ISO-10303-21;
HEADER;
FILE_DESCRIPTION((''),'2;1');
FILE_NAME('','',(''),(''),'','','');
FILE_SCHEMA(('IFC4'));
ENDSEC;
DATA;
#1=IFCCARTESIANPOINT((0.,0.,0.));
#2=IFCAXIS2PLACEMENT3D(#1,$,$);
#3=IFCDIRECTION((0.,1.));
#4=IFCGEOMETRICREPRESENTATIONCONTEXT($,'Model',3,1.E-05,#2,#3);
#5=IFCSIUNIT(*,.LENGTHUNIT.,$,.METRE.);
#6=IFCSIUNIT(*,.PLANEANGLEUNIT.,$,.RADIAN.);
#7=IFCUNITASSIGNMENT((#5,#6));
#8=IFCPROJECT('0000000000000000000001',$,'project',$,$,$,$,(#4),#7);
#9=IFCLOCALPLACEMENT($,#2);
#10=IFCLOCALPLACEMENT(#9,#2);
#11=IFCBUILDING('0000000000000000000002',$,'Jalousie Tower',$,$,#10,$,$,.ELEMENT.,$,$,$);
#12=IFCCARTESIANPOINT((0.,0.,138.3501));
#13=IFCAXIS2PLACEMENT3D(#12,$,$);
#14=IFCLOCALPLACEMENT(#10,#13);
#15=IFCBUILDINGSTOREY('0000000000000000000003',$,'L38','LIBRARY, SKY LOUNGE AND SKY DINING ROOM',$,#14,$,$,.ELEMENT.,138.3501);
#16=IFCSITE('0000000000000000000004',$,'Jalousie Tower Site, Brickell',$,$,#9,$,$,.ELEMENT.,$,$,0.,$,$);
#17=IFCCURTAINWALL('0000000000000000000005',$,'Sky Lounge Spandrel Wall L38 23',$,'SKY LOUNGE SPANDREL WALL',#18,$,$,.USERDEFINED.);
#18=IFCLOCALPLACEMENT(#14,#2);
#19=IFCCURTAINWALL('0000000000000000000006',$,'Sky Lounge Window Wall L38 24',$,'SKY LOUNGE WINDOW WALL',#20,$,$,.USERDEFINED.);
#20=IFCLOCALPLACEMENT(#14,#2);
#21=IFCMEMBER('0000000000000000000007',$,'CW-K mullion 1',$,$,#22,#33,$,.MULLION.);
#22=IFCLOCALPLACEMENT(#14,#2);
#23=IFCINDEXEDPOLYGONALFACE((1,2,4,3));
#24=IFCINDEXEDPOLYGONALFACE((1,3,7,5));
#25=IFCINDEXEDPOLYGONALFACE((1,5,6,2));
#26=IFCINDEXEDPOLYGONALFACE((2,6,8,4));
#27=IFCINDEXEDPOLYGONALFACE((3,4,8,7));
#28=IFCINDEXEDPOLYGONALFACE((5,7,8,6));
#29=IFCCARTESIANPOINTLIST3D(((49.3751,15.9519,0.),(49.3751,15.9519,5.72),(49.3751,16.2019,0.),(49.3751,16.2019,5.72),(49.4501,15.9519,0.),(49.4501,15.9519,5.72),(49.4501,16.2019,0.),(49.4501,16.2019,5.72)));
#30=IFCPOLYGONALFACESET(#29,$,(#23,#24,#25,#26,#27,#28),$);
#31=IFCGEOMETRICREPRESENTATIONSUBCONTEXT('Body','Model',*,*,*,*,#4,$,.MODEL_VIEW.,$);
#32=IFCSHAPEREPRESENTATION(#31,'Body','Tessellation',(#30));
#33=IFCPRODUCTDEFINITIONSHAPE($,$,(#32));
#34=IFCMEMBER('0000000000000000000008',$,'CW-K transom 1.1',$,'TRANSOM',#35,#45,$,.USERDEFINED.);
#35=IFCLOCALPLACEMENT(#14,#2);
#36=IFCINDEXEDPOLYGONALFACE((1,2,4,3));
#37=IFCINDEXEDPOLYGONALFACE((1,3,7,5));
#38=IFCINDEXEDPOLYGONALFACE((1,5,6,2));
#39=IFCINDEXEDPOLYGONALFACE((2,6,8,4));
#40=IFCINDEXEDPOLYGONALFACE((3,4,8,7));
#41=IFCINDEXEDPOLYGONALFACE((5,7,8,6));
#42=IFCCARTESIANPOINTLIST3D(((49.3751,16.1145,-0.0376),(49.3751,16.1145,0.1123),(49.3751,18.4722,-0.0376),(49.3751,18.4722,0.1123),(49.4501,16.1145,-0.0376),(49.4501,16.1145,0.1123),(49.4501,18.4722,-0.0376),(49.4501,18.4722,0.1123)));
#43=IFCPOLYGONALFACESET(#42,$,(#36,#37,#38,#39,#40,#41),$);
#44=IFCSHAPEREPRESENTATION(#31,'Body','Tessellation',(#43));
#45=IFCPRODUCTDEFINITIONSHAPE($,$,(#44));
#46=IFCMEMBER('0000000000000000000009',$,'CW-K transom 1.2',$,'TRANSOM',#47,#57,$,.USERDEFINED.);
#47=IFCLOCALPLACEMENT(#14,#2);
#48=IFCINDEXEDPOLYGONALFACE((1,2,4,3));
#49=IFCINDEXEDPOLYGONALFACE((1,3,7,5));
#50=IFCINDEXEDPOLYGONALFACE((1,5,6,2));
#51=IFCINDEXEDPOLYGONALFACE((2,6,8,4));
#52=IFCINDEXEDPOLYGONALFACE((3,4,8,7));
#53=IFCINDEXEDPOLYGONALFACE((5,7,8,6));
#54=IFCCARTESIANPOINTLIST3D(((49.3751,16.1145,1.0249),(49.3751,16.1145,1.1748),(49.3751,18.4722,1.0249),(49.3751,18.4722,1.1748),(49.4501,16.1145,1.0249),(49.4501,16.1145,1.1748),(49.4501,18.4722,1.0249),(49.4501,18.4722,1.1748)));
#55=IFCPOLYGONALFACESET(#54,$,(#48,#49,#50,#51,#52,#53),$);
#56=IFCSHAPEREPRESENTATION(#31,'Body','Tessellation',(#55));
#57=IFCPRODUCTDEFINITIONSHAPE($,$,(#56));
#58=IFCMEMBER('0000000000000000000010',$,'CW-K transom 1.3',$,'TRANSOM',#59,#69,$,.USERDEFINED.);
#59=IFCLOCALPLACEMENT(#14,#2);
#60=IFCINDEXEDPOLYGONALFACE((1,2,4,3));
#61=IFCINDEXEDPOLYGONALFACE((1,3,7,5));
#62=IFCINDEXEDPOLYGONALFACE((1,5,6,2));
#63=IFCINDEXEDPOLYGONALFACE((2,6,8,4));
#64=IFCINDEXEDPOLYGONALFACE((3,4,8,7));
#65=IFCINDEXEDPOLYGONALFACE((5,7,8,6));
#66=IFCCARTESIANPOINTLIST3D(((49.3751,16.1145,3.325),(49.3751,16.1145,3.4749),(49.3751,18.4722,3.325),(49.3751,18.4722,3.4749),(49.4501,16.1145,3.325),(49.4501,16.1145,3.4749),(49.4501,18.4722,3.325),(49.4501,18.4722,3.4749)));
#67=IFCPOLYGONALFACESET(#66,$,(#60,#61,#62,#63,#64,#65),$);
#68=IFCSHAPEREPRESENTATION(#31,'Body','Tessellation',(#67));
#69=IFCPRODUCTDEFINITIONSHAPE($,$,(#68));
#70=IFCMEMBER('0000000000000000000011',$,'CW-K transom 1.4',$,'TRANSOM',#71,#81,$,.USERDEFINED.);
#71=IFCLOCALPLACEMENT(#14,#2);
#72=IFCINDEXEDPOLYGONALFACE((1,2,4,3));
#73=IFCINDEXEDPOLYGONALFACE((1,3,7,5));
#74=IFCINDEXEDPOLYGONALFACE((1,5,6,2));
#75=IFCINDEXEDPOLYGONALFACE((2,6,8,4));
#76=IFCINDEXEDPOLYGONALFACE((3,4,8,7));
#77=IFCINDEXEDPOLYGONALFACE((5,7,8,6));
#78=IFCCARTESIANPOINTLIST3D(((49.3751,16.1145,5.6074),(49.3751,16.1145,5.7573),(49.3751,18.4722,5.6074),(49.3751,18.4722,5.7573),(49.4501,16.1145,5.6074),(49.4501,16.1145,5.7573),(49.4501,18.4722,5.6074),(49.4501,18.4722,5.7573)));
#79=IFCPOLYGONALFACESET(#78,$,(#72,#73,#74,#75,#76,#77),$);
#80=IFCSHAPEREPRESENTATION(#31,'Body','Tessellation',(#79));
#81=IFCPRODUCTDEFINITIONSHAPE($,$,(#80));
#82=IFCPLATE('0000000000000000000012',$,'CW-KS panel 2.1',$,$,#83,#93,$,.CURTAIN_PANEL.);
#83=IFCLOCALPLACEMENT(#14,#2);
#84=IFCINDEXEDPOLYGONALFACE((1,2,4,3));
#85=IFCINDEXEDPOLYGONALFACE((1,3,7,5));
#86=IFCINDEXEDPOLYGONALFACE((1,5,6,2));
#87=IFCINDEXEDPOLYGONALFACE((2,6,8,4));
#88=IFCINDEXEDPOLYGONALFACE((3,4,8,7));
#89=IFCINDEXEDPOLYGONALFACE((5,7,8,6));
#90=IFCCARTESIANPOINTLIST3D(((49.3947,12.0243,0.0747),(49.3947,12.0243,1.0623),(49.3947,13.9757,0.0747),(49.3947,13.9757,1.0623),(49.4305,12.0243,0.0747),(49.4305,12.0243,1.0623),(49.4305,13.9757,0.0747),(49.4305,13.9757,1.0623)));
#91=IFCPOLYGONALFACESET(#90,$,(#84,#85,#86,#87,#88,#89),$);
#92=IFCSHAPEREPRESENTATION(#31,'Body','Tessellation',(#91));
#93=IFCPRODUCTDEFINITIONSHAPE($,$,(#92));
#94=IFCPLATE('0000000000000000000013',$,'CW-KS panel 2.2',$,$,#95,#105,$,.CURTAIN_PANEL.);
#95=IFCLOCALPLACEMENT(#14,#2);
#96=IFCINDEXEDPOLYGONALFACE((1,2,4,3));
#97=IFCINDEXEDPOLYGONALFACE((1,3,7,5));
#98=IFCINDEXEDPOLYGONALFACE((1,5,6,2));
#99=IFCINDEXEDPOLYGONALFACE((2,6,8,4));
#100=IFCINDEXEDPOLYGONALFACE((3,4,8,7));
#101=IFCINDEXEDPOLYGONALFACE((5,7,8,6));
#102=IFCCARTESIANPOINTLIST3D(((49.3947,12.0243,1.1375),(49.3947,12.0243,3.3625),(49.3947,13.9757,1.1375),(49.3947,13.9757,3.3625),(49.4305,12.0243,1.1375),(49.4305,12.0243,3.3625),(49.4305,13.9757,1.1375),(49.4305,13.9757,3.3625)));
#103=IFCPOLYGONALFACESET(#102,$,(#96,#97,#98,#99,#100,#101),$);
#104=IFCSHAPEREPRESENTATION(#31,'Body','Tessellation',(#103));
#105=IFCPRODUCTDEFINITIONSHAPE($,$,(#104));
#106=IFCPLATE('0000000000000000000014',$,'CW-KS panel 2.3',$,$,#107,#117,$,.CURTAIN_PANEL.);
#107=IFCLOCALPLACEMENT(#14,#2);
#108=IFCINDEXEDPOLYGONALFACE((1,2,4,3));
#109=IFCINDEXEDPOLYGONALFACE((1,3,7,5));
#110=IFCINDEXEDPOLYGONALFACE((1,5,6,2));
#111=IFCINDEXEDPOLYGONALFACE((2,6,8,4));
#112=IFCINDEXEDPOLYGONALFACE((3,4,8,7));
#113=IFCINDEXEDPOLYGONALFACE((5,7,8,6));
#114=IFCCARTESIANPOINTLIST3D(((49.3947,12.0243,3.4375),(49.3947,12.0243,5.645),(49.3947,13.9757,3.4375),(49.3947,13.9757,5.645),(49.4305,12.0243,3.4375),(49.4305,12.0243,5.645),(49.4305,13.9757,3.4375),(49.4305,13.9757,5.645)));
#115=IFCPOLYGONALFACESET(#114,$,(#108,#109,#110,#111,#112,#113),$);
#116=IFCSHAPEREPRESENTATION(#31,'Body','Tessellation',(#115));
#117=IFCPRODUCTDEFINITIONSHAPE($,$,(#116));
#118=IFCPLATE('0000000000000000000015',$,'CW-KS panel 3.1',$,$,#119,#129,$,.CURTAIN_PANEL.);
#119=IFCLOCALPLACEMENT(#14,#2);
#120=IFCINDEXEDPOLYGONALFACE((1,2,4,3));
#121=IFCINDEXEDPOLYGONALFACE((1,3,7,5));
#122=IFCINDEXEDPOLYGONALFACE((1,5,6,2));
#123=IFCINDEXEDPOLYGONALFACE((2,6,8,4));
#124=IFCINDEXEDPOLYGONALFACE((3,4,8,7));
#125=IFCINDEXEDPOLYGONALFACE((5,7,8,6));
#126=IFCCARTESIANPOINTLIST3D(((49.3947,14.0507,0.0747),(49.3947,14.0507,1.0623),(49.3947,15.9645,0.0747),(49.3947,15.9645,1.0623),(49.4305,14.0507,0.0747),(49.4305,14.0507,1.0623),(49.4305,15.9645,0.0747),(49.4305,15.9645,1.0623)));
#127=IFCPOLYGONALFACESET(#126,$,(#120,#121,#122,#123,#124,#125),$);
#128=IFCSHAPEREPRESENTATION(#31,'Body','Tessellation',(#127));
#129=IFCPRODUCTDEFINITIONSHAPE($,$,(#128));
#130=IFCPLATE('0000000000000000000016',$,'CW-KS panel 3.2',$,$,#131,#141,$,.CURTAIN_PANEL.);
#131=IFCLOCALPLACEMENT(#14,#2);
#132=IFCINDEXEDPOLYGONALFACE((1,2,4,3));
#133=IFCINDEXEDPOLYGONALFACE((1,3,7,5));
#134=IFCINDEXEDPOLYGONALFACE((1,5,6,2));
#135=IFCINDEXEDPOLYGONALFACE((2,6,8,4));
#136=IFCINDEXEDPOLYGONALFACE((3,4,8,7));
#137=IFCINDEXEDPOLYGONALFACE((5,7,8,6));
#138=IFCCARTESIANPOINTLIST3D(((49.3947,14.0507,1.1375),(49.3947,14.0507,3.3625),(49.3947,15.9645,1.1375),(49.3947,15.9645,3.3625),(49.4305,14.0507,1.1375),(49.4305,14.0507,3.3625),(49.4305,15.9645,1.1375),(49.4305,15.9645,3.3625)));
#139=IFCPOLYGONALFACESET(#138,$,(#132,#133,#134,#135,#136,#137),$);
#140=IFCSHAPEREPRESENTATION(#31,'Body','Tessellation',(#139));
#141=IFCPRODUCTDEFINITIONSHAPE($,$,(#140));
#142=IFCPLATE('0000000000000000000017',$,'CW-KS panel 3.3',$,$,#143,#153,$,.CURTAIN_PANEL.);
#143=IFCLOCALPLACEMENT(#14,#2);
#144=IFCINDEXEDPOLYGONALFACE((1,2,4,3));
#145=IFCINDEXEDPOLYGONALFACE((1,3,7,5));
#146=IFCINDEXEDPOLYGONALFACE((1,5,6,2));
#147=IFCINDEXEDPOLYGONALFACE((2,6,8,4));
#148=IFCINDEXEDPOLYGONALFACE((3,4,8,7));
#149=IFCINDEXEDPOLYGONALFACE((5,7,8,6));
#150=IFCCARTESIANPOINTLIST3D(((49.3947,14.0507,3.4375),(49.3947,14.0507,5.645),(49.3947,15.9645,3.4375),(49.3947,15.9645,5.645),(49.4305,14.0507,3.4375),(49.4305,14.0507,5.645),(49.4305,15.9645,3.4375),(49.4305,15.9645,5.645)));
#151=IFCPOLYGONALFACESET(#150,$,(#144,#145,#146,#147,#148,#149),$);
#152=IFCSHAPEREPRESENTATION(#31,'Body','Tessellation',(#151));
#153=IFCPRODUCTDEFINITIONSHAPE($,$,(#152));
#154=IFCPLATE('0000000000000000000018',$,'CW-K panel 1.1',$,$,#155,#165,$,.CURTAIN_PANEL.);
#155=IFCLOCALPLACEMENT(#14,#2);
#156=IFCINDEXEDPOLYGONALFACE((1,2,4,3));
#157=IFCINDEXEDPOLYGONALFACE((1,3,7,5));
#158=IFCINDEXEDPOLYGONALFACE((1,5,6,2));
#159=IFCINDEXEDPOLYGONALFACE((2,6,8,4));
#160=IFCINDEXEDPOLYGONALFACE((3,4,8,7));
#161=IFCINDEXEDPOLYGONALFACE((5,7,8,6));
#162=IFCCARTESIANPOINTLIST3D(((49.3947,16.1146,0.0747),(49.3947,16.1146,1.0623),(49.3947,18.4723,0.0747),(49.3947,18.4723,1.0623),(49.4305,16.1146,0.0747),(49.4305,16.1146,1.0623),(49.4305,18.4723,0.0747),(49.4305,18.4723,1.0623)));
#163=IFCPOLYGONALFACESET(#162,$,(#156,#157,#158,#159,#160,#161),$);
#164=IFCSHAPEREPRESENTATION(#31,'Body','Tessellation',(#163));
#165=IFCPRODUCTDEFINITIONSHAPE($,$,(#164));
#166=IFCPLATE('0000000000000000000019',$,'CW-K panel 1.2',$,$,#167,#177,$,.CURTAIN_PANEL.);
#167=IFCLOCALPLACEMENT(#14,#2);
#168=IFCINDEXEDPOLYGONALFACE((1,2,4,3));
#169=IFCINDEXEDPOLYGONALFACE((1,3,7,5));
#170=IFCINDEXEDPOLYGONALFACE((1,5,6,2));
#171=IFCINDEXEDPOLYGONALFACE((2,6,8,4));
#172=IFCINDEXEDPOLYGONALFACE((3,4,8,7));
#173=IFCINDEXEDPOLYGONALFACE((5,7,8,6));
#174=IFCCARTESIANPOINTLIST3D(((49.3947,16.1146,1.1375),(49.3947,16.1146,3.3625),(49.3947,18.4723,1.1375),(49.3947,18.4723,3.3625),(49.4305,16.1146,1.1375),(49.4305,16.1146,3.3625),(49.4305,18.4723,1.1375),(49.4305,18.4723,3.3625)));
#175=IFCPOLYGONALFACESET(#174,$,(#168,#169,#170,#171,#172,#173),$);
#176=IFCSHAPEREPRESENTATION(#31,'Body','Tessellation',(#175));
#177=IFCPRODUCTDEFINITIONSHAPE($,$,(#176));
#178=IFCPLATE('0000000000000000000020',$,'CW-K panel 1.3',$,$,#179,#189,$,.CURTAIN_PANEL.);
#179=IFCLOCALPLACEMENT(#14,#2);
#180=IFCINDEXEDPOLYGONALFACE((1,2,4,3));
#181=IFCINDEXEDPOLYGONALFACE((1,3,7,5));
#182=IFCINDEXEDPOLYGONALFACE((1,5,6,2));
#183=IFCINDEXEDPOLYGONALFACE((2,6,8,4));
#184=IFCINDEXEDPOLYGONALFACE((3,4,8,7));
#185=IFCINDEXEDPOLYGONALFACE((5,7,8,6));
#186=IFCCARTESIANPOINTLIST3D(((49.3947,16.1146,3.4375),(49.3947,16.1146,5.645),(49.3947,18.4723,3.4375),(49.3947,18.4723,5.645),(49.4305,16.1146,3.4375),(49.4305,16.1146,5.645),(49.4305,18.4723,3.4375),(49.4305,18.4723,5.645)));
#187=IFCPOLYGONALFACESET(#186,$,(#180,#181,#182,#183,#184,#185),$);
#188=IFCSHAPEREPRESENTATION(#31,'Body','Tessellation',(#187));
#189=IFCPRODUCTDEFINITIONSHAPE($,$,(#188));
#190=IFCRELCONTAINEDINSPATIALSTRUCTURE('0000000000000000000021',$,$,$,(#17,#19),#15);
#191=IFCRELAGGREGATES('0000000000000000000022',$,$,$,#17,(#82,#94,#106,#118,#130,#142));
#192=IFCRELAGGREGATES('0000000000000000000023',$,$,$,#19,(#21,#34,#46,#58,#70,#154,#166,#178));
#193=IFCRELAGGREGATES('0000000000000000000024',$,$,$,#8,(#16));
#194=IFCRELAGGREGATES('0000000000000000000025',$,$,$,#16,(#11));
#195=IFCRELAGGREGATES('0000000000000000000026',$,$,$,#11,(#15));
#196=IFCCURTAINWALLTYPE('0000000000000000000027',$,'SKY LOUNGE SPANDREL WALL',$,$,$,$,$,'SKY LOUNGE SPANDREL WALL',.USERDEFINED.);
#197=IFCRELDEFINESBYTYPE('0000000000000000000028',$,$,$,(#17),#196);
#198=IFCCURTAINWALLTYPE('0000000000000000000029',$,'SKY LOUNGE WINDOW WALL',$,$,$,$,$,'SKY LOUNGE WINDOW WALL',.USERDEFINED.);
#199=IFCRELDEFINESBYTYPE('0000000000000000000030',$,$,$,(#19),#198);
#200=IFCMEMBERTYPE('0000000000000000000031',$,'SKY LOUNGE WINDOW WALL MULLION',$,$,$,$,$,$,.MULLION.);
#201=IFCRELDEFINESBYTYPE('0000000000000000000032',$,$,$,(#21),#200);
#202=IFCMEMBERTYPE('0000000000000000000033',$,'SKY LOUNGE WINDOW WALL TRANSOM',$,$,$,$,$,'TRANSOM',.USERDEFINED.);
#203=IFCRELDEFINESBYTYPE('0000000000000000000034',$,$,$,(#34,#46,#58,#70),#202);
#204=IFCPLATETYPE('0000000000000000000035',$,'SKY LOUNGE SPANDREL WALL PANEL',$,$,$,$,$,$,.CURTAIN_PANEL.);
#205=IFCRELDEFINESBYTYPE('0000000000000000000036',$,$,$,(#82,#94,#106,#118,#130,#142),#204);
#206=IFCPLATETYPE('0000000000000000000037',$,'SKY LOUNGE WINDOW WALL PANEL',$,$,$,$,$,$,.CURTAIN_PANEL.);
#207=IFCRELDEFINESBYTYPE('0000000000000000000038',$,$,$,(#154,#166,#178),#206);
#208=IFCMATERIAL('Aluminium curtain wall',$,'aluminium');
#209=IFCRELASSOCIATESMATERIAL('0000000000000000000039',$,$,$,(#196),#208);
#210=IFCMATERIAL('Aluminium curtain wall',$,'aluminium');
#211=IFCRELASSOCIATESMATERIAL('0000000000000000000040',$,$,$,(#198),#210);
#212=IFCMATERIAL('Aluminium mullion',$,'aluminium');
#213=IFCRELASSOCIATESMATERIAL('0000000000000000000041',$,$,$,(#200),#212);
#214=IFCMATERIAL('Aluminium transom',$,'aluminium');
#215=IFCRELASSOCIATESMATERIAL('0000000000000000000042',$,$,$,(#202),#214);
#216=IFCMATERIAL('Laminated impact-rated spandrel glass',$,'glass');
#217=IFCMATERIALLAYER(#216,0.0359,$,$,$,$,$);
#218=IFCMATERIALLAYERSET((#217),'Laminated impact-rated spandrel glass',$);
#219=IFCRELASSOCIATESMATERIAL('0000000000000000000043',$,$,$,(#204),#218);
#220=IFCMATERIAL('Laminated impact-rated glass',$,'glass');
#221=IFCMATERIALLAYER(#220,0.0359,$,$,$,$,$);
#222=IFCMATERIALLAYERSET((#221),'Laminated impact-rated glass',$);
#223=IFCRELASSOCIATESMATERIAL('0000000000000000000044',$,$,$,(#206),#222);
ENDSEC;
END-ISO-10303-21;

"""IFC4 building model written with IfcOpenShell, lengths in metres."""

from ifc_helpers import new_model, si_unit, direction, frame, origin, origin_2d, place, context, subcontext, project, spatial, rectangle, extrude, material, layer, layer_set, material_profile, profile_set, type_object, element, aggregate, save


model = new_model("IFC4")

# Units and contexts
model_context = context("Model", 3, precision=1e-05, world=origin(), true_north=direction((0.0, 1.0)))
body_context = subcontext(model_context, "Body", "Model", "MODEL_VIEW")
ifc_project = project(units=[si_unit("LENGTHUNIT", "METRE"), si_unit("PLANEANGLEUNIT", "RADIAN")], contexts=[model_context])

# Site, building, storey
site_placement = place(None, origin())
site = spatial("IfcSite", under=ifc_project, at=site_placement, Name="Jalousie Tower Site, Brickell", CompositionType="ELEMENT", RefElevation=0.0)
building_placement = place(site_placement, origin())
building = spatial("IfcBuilding", under=site, at=building_placement, Name="Jalousie Tower", CompositionType="ELEMENT")
storey_placement = place(building_placement, frame((0.0, 0.0, 138.3501)))
storey = spatial("IfcBuildingStorey", under=building, at=storey_placement, Name="L38", Description="LIBRARY, SKY LOUNGE AND SKY DINING ROOM", CompositionType="ELEMENT", Elevation=138.3501)

# Curtain walls, members
ifc_material_1 = material(Name="Aluminium curtain wall", Category="aluminium")
curtain_wall_type_1 = type_object("IfcCurtainWallType", Name="SKY LOUNGE SPANDREL WALL", ElementType="SKY LOUNGE SPANDREL WALL", PredefinedType="USERDEFINED", material=ifc_material_1)
curtain_wall_1_placement = place(storey_placement, origin())
curtain_wall_1 = element("IfcCurtainWall", 1, at=curtain_wall_1_placement, inside=storey, type_object=curtain_wall_type_1, Name="Sky Lounge Spandrel Wall L38 23", ObjectType="SKY LOUNGE SPANDREL WALL", PredefinedType="USERDEFINED")
ifc_material_2 = material(Name="Aluminium curtain wall", Category="aluminium")
curtain_wall_type_2 = type_object("IfcCurtainWallType", Name="SKY LOUNGE WINDOW WALL", ElementType="SKY LOUNGE WINDOW WALL", PredefinedType="USERDEFINED", material=ifc_material_2)
curtain_wall_2_placement = place(storey_placement, origin())
curtain_wall_2 = element("IfcCurtainWall", 2, at=curtain_wall_2_placement, inside=storey, type_object=curtain_wall_type_2, Name="Sky Lounge Window Wall L38 24", ObjectType="SKY LOUNGE WINDOW WALL", PredefinedType="USERDEFINED")
ifc_material_3 = material(Name="Aluminium mullion", Category="aluminium")
ifc_material_profile_1 = material_profile(ifc_material_3, rectangle(XDim=0.075, YDim=0.25, at=origin_2d()), Name="MULLION 75x250")
ifc_profile_set_1 = profile_set([ifc_material_profile_1], Name="Aluminium mullion")
member_type_1 = type_object("IfcMemberType", Name="SKY LOUNGE WINDOW WALL MULLION", PredefinedType="MULLION", material=ifc_profile_set_1)
member_1_placement = place(storey_placement, frame((49.4126, 16.0769, 0.0), z_axis=(0.0, 0.0, 1.0), x_axis=(-1.0, 0.0, 0.0)))
member_1 = element("IfcMember", 3, at=member_1_placement, type_object=member_type_1, Name="CW-K mullion 1", PredefinedType="MULLION", context=body_context, shape_type="SweptSolid", body=[
    extrude(rectangle(XDim=0.075, YDim=0.25, at=origin_2d()), origin(), (0.0, 0.0, 1.0), 5.72),
])
ifc_material_4 = material(Name="Aluminium transom", Category="aluminium")
ifc_material_profile_2 = material_profile(ifc_material_4, rectangle(XDim=0.075, YDim=0.1499, at=origin_2d()), Name="TRANSOM 75x150")
ifc_profile_set_2 = profile_set([ifc_material_profile_2], Name="Aluminium transom")
member_type_2 = type_object("IfcMemberType", Name="SKY LOUNGE WINDOW WALL TRANSOM", ElementType="TRANSOM", PredefinedType="USERDEFINED", material=ifc_profile_set_2)
member_2_placement = place(storey_placement, frame((49.4126, 16.1145, 0.0374), z_axis=(0.0, 1.0, 0.0), x_axis=(-1.0, 0.0, 0.0)))
member_2 = element("IfcMember", 4, at=member_2_placement, type_object=member_type_2, Name="CW-K transom 1.1", ObjectType="TRANSOM", PredefinedType="USERDEFINED", context=body_context, shape_type="SweptSolid", body=[
    extrude(rectangle(XDim=0.075, YDim=0.1499, at=origin_2d()), origin(), (0.0, 0.0, 1.0), 2.3577),
])
member_3_placement = place(storey_placement, frame((49.4126, 16.1145, 1.0999), z_axis=(0.0, 1.0, 0.0), x_axis=(-1.0, 0.0, 0.0)))
member_3 = element("IfcMember", 5, at=member_3_placement, type_object=member_type_2, Name="CW-K transom 1.2", ObjectType="TRANSOM", PredefinedType="USERDEFINED", context=body_context, shape_type="SweptSolid", body=[
    extrude(rectangle(XDim=0.075, YDim=0.1499, at=origin_2d()), origin(), (0.0, 0.0, 1.0), 2.3577),
])
member_4_placement = place(storey_placement, frame((49.4126, 16.1145, 3.3999), z_axis=(0.0, 1.0, 0.0), x_axis=(-1.0, 0.0, 0.0)))
member_4 = element("IfcMember", 6, at=member_4_placement, type_object=member_type_2, Name="CW-K transom 1.3", ObjectType="TRANSOM", PredefinedType="USERDEFINED", context=body_context, shape_type="SweptSolid", body=[
    extrude(rectangle(XDim=0.075, YDim=0.1499, at=origin_2d()), origin(), (0.0, 0.0, 1.0), 2.3577),
])
member_5_placement = place(storey_placement, frame((49.4126, 16.1145, 5.6824), z_axis=(0.0, 1.0, 0.0), x_axis=(-1.0, 0.0, 0.0)))
member_5 = element("IfcMember", 7, at=member_5_placement, type_object=member_type_2, Name="CW-K transom 1.4", ObjectType="TRANSOM", PredefinedType="USERDEFINED", context=body_context, shape_type="SweptSolid", body=[
    extrude(rectangle(XDim=0.075, YDim=0.1499, at=origin_2d()), origin(), (0.0, 0.0, 1.0), 2.3577),
])

# Plates
ifc_material_5 = material(Name="Laminated impact-rated spandrel glass", Category="glass")
ifc_layer_1 = layer(ifc_material_5, 0.0359)
ifc_layer_set_1 = layer_set([ifc_layer_1], Name="Laminated impact-rated spandrel glass")
plate_type_1 = type_object("IfcPlateType", Name="SKY LOUNGE SPANDREL WALL PANEL", PredefinedType="CURTAIN_PANEL", material=ifc_layer_set_1)
plate_1_placement = place(storey_placement, frame((49.4126, 13.0, 0.0747), z_axis=(0.0, 0.0, 1.0), x_axis=(0.0, 1.0, 0.0)))
plate_1 = element("IfcPlate", 8, at=plate_1_placement, type_object=plate_type_1, Name="CW-KS panel 2.1", PredefinedType="CURTAIN_PANEL", context=body_context, shape_type="SweptSolid", body=[
    extrude(rectangle(XDim=1.9514, YDim=0.0359, at=origin_2d()), origin(), (0.0, 0.0, 1.0), 0.9875),
])
plate_2_placement = place(storey_placement, frame((49.4126, 13.0, 1.1375), z_axis=(0.0, 0.0, 1.0), x_axis=(0.0, 1.0, 0.0)))
plate_2 = element("IfcPlate", 9, at=plate_2_placement, type_object=plate_type_1, Name="CW-KS panel 2.2", PredefinedType="CURTAIN_PANEL", context=body_context, shape_type="SweptSolid", body=[
    extrude(rectangle(XDim=1.9514, YDim=0.0359, at=origin_2d()), origin(), (0.0, 0.0, 1.0), 2.2251),
])
plate_3_placement = place(storey_placement, frame((49.4126, 13.0, 3.4375), z_axis=(0.0, 0.0, 1.0), x_axis=(0.0, 1.0, 0.0)))
plate_3 = element("IfcPlate", 10, at=plate_3_placement, type_object=plate_type_1, Name="CW-KS panel 2.3", PredefinedType="CURTAIN_PANEL", context=body_context, shape_type="SweptSolid", body=[
    extrude(rectangle(XDim=1.9514, YDim=0.0359, at=origin_2d()), origin(), (0.0, 0.0, 1.0), 2.2075),
])
plate_4_placement = place(storey_placement, frame((49.4126, 15.0076, 0.0747), z_axis=(0.0, 0.0, 1.0), x_axis=(0.0, 1.0, 0.0)))
plate_4 = element("IfcPlate", 11, at=plate_4_placement, type_object=plate_type_1, Name="CW-KS panel 3.1", PredefinedType="CURTAIN_PANEL", context=body_context, shape_type="SweptSolid", body=[
    extrude(rectangle(XDim=1.9138, YDim=0.0359, at=origin_2d()), origin(), (0.0, 0.0, 1.0), 0.9875),
])
plate_5_placement = place(storey_placement, frame((49.4126, 15.0076, 1.1375), z_axis=(0.0, 0.0, 1.0), x_axis=(0.0, 1.0, 0.0)))
plate_5 = element("IfcPlate", 12, at=plate_5_placement, type_object=plate_type_1, Name="CW-KS panel 3.2", PredefinedType="CURTAIN_PANEL", context=body_context, shape_type="SweptSolid", body=[
    extrude(rectangle(XDim=1.9138, YDim=0.0359, at=origin_2d()), origin(), (0.0, 0.0, 1.0), 2.2251),
])
plate_6_placement = place(storey_placement, frame((49.4126, 15.0076, 3.4375), z_axis=(0.0, 0.0, 1.0), x_axis=(0.0, 1.0, 0.0)))
plate_6 = element("IfcPlate", 13, at=plate_6_placement, type_object=plate_type_1, Name="CW-KS panel 3.3", PredefinedType="CURTAIN_PANEL", context=body_context, shape_type="SweptSolid", body=[
    extrude(rectangle(XDim=1.9138, YDim=0.0359, at=origin_2d()), origin(), (0.0, 0.0, 1.0), 2.2075),
])
aggregate(curtain_wall_1, [plate_1, plate_2, plate_3, plate_4, plate_5, plate_6])
ifc_material_6 = material(Name="Laminated impact-rated glass", Category="glass")
ifc_layer_2 = layer(ifc_material_6, 0.0359)
ifc_layer_set_2 = layer_set([ifc_layer_2], Name="Laminated impact-rated glass")
plate_type_2 = type_object("IfcPlateType", Name="SKY LOUNGE WINDOW WALL PANEL", PredefinedType="CURTAIN_PANEL", material=ifc_layer_set_2)
plate_7_placement = place(storey_placement, frame((49.4126, 17.2935, 0.0747), z_axis=(0.0, 0.0, 1.0), x_axis=(0.0, 1.0, 0.0)))
plate_7 = element("IfcPlate", 14, at=plate_7_placement, type_object=plate_type_2, Name="CW-K panel 1.1", PredefinedType="CURTAIN_PANEL", context=body_context, shape_type="SweptSolid", body=[
    extrude(rectangle(XDim=2.3577, YDim=0.0359, at=origin_2d()), origin(), (0.0, 0.0, 1.0), 0.9875),
])
plate_8_placement = place(storey_placement, frame((49.4126, 17.2935, 1.1375), z_axis=(0.0, 0.0, 1.0), x_axis=(0.0, 1.0, 0.0)))
plate_8 = element("IfcPlate", 15, at=plate_8_placement, type_object=plate_type_2, Name="CW-K panel 1.2", PredefinedType="CURTAIN_PANEL", context=body_context, shape_type="SweptSolid", body=[
    extrude(rectangle(XDim=2.3577, YDim=0.0359, at=origin_2d()), origin(), (0.0, 0.0, 1.0), 2.2251),
])
plate_9_placement = place(storey_placement, frame((49.4126, 17.2935, 3.4375), z_axis=(0.0, 0.0, 1.0), x_axis=(0.0, 1.0, 0.0)))
plate_9 = element("IfcPlate", 16, at=plate_9_placement, type_object=plate_type_2, Name="CW-K panel 1.3", PredefinedType="CURTAIN_PANEL", context=body_context, shape_type="SweptSolid", body=[
    extrude(rectangle(XDim=2.3577, YDim=0.0359, at=origin_2d()), origin(), (0.0, 0.0, 1.0), 2.2075),
])
aggregate(curtain_wall_2, [member_1, member_2, member_3, member_4, member_5, plate_7, plate_8, plate_9])

save(model, "model.ifc")
